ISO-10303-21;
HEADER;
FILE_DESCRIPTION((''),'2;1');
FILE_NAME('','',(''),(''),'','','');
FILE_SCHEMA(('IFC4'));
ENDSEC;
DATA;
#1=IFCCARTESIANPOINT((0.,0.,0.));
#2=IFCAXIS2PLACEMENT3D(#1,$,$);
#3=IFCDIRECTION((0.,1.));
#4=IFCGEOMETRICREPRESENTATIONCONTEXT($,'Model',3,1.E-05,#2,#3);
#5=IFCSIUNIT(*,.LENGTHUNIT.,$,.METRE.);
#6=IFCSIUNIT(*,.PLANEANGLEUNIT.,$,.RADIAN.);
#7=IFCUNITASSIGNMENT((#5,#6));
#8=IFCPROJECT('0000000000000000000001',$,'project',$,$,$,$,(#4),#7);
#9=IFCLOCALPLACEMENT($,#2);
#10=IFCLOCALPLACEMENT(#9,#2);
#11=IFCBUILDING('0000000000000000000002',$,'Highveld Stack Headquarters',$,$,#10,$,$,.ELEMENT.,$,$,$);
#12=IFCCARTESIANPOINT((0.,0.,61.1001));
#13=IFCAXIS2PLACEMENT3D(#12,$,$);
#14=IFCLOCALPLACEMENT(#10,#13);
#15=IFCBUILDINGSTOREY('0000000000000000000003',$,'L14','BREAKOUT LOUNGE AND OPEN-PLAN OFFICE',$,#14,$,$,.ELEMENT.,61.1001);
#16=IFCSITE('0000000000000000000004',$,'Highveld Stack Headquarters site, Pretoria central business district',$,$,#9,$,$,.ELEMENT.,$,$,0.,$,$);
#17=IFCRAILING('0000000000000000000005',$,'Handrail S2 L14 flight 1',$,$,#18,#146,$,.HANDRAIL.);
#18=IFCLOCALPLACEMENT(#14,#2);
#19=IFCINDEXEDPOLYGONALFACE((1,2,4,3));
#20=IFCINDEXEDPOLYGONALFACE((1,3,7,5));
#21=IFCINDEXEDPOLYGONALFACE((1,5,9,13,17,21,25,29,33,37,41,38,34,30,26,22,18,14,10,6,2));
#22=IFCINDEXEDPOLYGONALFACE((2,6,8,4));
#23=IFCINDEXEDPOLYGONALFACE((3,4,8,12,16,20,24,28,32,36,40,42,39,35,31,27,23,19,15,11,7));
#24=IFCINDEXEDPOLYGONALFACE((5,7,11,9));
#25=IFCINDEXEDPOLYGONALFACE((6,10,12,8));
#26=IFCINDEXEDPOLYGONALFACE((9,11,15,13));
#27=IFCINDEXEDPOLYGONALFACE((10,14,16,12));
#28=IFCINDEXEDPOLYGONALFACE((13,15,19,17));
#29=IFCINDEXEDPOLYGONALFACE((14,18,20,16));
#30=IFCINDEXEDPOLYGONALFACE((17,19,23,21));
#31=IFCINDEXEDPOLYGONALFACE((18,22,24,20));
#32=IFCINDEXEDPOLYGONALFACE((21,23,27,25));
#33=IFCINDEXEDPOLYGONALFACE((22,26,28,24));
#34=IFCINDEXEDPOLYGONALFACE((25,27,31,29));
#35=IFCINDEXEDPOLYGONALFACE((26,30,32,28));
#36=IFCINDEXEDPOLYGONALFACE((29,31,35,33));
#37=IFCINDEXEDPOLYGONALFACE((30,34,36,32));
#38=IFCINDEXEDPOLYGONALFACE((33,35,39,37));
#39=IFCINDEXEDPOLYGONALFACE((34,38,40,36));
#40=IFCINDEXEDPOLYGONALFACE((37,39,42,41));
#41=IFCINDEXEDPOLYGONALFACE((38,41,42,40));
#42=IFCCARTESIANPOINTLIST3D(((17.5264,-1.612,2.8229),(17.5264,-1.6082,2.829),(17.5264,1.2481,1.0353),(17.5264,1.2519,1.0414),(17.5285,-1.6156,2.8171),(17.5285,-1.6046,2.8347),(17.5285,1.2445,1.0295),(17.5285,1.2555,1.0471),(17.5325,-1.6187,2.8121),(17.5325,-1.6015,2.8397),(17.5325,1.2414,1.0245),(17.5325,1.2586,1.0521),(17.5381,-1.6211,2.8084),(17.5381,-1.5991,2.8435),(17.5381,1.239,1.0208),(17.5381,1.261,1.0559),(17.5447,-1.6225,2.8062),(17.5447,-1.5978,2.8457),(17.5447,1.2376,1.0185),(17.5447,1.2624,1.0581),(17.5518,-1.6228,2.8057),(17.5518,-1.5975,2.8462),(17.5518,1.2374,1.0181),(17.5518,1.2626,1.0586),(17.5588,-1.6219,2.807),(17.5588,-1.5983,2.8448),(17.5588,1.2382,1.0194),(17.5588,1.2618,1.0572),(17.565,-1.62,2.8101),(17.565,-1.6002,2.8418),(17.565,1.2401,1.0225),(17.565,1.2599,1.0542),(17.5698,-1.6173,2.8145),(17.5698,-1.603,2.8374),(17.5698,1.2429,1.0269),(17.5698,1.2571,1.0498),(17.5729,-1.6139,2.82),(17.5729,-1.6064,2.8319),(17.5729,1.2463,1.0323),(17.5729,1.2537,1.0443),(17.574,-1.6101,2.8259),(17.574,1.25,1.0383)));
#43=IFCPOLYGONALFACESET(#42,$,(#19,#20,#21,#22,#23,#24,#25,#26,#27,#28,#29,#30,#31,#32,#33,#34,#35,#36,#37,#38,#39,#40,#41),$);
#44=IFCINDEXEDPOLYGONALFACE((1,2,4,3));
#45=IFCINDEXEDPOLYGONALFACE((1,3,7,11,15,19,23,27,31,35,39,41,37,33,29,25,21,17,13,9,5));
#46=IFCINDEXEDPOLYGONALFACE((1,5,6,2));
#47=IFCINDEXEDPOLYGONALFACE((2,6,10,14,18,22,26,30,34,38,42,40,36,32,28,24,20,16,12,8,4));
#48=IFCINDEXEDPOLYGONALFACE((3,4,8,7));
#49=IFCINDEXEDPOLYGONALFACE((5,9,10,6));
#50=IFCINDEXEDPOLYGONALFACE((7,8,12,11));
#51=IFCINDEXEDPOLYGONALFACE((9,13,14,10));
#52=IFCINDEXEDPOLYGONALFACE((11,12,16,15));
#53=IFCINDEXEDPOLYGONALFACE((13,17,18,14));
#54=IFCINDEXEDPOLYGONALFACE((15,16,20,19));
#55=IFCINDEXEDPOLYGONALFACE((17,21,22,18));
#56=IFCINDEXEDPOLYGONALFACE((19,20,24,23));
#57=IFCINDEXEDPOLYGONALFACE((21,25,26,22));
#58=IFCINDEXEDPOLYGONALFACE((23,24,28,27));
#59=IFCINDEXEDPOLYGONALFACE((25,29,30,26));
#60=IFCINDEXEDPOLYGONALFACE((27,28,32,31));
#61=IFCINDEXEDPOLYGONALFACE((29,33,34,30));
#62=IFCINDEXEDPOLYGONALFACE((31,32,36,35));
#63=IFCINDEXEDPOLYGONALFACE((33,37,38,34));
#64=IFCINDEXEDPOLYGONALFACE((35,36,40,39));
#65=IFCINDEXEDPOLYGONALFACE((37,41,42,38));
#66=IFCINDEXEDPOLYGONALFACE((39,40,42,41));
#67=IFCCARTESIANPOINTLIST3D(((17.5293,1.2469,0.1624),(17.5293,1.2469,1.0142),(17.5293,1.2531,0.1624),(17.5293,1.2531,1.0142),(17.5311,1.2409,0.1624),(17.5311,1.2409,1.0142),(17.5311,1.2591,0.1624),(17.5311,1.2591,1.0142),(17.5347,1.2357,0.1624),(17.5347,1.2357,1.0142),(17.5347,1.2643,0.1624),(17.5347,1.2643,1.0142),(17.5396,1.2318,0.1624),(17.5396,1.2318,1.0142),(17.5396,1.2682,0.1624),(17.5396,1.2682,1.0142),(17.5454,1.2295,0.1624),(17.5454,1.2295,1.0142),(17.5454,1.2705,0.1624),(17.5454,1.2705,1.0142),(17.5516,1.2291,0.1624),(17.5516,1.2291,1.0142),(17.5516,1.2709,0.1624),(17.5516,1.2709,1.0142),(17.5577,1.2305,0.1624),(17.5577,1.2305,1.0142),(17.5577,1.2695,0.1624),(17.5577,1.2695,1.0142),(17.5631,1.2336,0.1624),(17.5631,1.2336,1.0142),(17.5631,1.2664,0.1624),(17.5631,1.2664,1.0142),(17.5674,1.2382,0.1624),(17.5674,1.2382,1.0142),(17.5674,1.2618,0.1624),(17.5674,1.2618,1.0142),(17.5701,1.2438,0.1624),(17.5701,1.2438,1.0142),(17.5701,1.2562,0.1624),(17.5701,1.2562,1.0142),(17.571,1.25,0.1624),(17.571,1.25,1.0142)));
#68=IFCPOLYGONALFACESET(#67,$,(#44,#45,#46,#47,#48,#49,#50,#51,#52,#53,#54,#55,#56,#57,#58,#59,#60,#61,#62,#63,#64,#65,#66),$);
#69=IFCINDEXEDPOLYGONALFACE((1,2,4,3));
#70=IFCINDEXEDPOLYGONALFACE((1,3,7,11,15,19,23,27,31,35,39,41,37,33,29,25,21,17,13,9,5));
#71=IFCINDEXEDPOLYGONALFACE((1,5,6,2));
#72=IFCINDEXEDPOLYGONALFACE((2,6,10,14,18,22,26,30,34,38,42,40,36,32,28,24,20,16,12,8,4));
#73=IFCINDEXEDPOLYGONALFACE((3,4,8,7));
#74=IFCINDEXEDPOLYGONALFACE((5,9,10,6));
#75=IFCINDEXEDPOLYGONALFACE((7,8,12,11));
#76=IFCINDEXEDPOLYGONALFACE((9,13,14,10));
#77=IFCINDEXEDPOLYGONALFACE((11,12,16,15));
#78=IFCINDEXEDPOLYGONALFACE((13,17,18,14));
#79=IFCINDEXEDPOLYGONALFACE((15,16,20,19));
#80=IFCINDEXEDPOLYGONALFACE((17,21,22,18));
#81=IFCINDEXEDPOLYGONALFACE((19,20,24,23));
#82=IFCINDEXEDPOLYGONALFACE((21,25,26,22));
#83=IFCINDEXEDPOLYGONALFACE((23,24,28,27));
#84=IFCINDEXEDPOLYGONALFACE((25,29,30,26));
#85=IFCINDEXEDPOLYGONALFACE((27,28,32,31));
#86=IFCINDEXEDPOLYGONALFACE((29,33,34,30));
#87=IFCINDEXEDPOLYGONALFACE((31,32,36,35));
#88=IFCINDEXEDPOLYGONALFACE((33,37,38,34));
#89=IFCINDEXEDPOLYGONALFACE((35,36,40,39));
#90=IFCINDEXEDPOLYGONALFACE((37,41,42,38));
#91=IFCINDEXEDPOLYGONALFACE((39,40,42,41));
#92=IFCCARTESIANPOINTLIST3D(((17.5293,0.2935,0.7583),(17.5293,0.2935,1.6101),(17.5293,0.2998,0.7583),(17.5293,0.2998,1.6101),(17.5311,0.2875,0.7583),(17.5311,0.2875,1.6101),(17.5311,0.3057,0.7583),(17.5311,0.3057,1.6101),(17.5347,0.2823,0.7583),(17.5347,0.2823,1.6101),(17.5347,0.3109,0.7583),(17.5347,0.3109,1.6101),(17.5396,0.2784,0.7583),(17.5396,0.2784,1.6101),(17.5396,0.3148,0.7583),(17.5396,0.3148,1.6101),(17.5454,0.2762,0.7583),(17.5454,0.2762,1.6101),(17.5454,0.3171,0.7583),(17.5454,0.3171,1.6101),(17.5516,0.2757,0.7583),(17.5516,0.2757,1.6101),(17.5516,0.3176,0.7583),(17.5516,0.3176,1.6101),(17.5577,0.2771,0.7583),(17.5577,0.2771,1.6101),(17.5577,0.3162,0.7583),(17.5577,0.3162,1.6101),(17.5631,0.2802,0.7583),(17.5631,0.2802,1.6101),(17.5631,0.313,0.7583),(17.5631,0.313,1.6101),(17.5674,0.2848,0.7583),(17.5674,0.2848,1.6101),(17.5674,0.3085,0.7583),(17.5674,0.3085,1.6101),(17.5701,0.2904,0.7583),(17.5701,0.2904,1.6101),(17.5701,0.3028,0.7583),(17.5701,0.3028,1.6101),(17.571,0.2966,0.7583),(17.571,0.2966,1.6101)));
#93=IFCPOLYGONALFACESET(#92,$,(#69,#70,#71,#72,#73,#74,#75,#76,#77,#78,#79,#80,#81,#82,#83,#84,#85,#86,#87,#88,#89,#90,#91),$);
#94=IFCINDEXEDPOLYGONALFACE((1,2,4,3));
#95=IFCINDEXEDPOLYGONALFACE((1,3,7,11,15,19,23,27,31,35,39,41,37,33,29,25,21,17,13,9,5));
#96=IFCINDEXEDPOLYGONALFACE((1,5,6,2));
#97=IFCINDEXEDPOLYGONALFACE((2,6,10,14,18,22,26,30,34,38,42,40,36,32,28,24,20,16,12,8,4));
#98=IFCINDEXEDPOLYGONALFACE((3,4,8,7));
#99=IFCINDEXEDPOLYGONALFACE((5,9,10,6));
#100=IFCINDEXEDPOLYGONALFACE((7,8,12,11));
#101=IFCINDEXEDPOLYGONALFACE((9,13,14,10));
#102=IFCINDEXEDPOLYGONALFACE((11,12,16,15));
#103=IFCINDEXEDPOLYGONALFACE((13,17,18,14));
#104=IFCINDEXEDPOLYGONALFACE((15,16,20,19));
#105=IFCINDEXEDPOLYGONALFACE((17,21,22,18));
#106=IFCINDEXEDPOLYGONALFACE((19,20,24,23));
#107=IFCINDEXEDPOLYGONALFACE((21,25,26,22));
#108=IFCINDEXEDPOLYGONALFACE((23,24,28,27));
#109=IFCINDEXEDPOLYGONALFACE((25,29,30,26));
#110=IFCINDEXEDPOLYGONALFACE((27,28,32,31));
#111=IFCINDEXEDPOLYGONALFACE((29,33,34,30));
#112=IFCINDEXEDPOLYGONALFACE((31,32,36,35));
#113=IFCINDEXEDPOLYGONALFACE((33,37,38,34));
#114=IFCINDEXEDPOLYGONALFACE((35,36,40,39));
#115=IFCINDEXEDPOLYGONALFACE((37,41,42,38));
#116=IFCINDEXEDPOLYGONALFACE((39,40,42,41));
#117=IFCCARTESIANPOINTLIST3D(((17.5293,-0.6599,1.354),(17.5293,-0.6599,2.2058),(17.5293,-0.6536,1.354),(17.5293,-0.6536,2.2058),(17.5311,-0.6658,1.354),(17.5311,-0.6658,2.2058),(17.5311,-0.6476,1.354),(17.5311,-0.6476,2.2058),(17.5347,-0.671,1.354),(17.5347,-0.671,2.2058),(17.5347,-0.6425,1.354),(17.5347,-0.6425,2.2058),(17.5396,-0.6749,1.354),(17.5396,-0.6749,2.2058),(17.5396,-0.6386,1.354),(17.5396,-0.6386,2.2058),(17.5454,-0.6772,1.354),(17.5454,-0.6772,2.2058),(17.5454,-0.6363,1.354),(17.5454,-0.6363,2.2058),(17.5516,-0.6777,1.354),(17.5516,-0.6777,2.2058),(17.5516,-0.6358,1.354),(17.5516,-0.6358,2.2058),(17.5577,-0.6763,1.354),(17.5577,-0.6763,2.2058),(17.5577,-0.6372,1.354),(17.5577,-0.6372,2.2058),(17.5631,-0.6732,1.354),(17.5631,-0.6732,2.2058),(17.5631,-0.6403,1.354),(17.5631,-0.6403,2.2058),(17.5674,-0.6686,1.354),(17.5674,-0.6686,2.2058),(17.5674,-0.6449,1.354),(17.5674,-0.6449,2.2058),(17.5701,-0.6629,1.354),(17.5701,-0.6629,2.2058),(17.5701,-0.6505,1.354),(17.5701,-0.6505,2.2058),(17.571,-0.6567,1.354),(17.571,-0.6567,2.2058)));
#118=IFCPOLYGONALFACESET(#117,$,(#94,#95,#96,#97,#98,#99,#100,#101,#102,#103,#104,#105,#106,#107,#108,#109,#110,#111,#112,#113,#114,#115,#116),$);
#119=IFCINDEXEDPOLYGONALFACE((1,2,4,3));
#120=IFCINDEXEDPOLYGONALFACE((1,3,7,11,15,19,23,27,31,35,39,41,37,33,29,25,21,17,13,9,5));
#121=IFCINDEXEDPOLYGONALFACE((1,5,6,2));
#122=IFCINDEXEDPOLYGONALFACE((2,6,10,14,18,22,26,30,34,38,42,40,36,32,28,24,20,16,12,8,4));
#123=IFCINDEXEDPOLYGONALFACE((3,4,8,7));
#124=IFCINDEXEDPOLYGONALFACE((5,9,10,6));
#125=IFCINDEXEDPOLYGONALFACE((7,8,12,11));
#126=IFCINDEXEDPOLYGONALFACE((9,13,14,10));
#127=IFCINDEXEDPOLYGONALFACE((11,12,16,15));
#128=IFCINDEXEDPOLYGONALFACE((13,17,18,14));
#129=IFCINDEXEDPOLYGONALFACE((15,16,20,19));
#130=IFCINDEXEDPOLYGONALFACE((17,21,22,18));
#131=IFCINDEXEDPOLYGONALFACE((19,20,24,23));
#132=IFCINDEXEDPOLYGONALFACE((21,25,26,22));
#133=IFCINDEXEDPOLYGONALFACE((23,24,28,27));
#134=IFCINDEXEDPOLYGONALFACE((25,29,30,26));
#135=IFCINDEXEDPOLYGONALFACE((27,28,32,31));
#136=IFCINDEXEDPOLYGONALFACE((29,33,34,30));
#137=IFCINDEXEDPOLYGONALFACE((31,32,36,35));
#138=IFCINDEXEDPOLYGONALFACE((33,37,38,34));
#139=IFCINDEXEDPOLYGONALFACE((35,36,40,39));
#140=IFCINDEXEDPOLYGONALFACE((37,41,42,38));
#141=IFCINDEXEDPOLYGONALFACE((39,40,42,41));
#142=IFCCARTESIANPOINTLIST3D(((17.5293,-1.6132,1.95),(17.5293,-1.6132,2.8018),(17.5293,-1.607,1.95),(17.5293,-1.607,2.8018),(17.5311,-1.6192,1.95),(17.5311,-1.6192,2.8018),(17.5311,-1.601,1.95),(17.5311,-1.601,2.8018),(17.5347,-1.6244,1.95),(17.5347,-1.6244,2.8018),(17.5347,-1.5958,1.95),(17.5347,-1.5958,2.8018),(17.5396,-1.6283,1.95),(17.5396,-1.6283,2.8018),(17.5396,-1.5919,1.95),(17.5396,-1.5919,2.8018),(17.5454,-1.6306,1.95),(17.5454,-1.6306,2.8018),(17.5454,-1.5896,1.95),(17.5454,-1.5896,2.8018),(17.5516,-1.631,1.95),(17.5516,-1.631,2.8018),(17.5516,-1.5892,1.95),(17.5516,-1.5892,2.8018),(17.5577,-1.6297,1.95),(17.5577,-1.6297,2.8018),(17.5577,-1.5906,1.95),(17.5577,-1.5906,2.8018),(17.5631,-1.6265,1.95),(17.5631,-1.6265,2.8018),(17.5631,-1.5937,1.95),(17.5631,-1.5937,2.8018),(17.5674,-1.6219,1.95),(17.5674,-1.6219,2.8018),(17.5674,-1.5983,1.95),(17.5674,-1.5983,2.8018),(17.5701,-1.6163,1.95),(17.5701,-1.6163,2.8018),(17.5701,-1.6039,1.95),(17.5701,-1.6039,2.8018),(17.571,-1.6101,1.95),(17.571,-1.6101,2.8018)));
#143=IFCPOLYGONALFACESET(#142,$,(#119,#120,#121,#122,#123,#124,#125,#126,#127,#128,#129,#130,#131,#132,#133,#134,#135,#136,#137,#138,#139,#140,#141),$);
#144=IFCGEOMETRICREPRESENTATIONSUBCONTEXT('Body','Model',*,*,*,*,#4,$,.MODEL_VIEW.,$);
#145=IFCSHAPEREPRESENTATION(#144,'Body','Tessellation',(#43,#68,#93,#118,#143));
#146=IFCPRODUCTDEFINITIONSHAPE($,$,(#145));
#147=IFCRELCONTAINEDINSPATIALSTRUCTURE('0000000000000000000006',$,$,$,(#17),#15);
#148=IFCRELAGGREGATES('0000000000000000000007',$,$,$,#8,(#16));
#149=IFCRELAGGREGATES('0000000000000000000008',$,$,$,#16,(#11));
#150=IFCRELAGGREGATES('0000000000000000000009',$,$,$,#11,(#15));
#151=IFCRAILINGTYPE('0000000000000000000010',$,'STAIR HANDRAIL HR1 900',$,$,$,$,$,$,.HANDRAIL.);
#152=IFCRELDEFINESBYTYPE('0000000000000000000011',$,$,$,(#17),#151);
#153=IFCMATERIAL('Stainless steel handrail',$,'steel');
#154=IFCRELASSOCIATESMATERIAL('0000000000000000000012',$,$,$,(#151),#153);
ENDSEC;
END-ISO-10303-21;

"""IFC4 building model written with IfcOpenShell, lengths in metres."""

from ifc_helpers import new_model, si_unit, direction, frame, origin, origin_2d, place, context, subcontext, project, spatial, circle, extrude, material, type_object, element, save


model = new_model("IFC4")

# Units and contexts
model_context = context("Model", 3, precision=1e-05, world=origin(), true_north=direction((0.0, 1.0)))
body_context = subcontext(model_context, "Body", "Model", "MODEL_VIEW")
ifc_project = project(units=[si_unit("LENGTHUNIT", "METRE"), si_unit("PLANEANGLEUNIT", "RADIAN")], contexts=[model_context])

# Site, building, storey
site_placement = place(None, origin())
site = spatial("IfcSite", under=ifc_project, at=site_placement, Name="Highveld Stack Headquarters site, Pretoria central business district", CompositionType="ELEMENT", RefElevation=0.0)
building_placement = place(site_placement, origin())
building = spatial("IfcBuilding", under=site, at=building_placement, Name="Highveld Stack Headquarters", CompositionType="ELEMENT")
storey_placement = place(building_placement, frame((0.0, 0.0, 61.1001)))
storey = spatial("IfcBuildingStorey", under=building, at=storey_placement, Name="L14", Description="BREAKOUT LOUNGE AND OPEN-PLAN OFFICE", CompositionType="ELEMENT", Elevation=61.1001)

# Railing
ifc_material_1 = material(Name="Stainless steel handrail", Category="steel")
railing_type = type_object("IfcRailingType", Name="STAIR HANDRAIL HR1 900", PredefinedType="HANDRAIL", material=ifc_material_1)
for number, where, name in (
    (1, (17.55, 1.25, 0.1624), "Handrail S2 L14 flight 1"),
):
    element("IfcRailing", number, at=place(storey_placement, frame(where)), inside=storey, type_object=railing_type, Name=name, PredefinedType="HANDRAIL", context=body_context, shape_type="SweptSolid", body=[
        extrude(circle(Radius=0.0239, at=origin_2d()), frame((0.0, 0.0, 0.876), z_axis=(0.0, -0.847994, 0.530005), x_axis=(1.0, 0.0, 0.0)), (0.0, 0.0, 1.0), 3.3728),
        extrude(circle(Radius=0.021, at=origin_2d()), origin(), (0.0, 0.0, 1.0), 0.8518),
        extrude(circle(Radius=0.021, at=origin_2d()), frame((0.0, -0.9534, 0.5959)), (0.0, 0.0, 1.0), 0.8518),
        extrude(circle(Radius=0.021, at=origin_2d()), frame((0.0, -1.9067, 1.1917)), (0.0, 0.0, 1.0), 0.8518),
        extrude(circle(Radius=0.021, at=origin_2d()), frame((0.0, -2.8601, 1.7876)), (0.0, 0.0, 1.0), 0.8518),
    ])

save(model, "model.ifc")
